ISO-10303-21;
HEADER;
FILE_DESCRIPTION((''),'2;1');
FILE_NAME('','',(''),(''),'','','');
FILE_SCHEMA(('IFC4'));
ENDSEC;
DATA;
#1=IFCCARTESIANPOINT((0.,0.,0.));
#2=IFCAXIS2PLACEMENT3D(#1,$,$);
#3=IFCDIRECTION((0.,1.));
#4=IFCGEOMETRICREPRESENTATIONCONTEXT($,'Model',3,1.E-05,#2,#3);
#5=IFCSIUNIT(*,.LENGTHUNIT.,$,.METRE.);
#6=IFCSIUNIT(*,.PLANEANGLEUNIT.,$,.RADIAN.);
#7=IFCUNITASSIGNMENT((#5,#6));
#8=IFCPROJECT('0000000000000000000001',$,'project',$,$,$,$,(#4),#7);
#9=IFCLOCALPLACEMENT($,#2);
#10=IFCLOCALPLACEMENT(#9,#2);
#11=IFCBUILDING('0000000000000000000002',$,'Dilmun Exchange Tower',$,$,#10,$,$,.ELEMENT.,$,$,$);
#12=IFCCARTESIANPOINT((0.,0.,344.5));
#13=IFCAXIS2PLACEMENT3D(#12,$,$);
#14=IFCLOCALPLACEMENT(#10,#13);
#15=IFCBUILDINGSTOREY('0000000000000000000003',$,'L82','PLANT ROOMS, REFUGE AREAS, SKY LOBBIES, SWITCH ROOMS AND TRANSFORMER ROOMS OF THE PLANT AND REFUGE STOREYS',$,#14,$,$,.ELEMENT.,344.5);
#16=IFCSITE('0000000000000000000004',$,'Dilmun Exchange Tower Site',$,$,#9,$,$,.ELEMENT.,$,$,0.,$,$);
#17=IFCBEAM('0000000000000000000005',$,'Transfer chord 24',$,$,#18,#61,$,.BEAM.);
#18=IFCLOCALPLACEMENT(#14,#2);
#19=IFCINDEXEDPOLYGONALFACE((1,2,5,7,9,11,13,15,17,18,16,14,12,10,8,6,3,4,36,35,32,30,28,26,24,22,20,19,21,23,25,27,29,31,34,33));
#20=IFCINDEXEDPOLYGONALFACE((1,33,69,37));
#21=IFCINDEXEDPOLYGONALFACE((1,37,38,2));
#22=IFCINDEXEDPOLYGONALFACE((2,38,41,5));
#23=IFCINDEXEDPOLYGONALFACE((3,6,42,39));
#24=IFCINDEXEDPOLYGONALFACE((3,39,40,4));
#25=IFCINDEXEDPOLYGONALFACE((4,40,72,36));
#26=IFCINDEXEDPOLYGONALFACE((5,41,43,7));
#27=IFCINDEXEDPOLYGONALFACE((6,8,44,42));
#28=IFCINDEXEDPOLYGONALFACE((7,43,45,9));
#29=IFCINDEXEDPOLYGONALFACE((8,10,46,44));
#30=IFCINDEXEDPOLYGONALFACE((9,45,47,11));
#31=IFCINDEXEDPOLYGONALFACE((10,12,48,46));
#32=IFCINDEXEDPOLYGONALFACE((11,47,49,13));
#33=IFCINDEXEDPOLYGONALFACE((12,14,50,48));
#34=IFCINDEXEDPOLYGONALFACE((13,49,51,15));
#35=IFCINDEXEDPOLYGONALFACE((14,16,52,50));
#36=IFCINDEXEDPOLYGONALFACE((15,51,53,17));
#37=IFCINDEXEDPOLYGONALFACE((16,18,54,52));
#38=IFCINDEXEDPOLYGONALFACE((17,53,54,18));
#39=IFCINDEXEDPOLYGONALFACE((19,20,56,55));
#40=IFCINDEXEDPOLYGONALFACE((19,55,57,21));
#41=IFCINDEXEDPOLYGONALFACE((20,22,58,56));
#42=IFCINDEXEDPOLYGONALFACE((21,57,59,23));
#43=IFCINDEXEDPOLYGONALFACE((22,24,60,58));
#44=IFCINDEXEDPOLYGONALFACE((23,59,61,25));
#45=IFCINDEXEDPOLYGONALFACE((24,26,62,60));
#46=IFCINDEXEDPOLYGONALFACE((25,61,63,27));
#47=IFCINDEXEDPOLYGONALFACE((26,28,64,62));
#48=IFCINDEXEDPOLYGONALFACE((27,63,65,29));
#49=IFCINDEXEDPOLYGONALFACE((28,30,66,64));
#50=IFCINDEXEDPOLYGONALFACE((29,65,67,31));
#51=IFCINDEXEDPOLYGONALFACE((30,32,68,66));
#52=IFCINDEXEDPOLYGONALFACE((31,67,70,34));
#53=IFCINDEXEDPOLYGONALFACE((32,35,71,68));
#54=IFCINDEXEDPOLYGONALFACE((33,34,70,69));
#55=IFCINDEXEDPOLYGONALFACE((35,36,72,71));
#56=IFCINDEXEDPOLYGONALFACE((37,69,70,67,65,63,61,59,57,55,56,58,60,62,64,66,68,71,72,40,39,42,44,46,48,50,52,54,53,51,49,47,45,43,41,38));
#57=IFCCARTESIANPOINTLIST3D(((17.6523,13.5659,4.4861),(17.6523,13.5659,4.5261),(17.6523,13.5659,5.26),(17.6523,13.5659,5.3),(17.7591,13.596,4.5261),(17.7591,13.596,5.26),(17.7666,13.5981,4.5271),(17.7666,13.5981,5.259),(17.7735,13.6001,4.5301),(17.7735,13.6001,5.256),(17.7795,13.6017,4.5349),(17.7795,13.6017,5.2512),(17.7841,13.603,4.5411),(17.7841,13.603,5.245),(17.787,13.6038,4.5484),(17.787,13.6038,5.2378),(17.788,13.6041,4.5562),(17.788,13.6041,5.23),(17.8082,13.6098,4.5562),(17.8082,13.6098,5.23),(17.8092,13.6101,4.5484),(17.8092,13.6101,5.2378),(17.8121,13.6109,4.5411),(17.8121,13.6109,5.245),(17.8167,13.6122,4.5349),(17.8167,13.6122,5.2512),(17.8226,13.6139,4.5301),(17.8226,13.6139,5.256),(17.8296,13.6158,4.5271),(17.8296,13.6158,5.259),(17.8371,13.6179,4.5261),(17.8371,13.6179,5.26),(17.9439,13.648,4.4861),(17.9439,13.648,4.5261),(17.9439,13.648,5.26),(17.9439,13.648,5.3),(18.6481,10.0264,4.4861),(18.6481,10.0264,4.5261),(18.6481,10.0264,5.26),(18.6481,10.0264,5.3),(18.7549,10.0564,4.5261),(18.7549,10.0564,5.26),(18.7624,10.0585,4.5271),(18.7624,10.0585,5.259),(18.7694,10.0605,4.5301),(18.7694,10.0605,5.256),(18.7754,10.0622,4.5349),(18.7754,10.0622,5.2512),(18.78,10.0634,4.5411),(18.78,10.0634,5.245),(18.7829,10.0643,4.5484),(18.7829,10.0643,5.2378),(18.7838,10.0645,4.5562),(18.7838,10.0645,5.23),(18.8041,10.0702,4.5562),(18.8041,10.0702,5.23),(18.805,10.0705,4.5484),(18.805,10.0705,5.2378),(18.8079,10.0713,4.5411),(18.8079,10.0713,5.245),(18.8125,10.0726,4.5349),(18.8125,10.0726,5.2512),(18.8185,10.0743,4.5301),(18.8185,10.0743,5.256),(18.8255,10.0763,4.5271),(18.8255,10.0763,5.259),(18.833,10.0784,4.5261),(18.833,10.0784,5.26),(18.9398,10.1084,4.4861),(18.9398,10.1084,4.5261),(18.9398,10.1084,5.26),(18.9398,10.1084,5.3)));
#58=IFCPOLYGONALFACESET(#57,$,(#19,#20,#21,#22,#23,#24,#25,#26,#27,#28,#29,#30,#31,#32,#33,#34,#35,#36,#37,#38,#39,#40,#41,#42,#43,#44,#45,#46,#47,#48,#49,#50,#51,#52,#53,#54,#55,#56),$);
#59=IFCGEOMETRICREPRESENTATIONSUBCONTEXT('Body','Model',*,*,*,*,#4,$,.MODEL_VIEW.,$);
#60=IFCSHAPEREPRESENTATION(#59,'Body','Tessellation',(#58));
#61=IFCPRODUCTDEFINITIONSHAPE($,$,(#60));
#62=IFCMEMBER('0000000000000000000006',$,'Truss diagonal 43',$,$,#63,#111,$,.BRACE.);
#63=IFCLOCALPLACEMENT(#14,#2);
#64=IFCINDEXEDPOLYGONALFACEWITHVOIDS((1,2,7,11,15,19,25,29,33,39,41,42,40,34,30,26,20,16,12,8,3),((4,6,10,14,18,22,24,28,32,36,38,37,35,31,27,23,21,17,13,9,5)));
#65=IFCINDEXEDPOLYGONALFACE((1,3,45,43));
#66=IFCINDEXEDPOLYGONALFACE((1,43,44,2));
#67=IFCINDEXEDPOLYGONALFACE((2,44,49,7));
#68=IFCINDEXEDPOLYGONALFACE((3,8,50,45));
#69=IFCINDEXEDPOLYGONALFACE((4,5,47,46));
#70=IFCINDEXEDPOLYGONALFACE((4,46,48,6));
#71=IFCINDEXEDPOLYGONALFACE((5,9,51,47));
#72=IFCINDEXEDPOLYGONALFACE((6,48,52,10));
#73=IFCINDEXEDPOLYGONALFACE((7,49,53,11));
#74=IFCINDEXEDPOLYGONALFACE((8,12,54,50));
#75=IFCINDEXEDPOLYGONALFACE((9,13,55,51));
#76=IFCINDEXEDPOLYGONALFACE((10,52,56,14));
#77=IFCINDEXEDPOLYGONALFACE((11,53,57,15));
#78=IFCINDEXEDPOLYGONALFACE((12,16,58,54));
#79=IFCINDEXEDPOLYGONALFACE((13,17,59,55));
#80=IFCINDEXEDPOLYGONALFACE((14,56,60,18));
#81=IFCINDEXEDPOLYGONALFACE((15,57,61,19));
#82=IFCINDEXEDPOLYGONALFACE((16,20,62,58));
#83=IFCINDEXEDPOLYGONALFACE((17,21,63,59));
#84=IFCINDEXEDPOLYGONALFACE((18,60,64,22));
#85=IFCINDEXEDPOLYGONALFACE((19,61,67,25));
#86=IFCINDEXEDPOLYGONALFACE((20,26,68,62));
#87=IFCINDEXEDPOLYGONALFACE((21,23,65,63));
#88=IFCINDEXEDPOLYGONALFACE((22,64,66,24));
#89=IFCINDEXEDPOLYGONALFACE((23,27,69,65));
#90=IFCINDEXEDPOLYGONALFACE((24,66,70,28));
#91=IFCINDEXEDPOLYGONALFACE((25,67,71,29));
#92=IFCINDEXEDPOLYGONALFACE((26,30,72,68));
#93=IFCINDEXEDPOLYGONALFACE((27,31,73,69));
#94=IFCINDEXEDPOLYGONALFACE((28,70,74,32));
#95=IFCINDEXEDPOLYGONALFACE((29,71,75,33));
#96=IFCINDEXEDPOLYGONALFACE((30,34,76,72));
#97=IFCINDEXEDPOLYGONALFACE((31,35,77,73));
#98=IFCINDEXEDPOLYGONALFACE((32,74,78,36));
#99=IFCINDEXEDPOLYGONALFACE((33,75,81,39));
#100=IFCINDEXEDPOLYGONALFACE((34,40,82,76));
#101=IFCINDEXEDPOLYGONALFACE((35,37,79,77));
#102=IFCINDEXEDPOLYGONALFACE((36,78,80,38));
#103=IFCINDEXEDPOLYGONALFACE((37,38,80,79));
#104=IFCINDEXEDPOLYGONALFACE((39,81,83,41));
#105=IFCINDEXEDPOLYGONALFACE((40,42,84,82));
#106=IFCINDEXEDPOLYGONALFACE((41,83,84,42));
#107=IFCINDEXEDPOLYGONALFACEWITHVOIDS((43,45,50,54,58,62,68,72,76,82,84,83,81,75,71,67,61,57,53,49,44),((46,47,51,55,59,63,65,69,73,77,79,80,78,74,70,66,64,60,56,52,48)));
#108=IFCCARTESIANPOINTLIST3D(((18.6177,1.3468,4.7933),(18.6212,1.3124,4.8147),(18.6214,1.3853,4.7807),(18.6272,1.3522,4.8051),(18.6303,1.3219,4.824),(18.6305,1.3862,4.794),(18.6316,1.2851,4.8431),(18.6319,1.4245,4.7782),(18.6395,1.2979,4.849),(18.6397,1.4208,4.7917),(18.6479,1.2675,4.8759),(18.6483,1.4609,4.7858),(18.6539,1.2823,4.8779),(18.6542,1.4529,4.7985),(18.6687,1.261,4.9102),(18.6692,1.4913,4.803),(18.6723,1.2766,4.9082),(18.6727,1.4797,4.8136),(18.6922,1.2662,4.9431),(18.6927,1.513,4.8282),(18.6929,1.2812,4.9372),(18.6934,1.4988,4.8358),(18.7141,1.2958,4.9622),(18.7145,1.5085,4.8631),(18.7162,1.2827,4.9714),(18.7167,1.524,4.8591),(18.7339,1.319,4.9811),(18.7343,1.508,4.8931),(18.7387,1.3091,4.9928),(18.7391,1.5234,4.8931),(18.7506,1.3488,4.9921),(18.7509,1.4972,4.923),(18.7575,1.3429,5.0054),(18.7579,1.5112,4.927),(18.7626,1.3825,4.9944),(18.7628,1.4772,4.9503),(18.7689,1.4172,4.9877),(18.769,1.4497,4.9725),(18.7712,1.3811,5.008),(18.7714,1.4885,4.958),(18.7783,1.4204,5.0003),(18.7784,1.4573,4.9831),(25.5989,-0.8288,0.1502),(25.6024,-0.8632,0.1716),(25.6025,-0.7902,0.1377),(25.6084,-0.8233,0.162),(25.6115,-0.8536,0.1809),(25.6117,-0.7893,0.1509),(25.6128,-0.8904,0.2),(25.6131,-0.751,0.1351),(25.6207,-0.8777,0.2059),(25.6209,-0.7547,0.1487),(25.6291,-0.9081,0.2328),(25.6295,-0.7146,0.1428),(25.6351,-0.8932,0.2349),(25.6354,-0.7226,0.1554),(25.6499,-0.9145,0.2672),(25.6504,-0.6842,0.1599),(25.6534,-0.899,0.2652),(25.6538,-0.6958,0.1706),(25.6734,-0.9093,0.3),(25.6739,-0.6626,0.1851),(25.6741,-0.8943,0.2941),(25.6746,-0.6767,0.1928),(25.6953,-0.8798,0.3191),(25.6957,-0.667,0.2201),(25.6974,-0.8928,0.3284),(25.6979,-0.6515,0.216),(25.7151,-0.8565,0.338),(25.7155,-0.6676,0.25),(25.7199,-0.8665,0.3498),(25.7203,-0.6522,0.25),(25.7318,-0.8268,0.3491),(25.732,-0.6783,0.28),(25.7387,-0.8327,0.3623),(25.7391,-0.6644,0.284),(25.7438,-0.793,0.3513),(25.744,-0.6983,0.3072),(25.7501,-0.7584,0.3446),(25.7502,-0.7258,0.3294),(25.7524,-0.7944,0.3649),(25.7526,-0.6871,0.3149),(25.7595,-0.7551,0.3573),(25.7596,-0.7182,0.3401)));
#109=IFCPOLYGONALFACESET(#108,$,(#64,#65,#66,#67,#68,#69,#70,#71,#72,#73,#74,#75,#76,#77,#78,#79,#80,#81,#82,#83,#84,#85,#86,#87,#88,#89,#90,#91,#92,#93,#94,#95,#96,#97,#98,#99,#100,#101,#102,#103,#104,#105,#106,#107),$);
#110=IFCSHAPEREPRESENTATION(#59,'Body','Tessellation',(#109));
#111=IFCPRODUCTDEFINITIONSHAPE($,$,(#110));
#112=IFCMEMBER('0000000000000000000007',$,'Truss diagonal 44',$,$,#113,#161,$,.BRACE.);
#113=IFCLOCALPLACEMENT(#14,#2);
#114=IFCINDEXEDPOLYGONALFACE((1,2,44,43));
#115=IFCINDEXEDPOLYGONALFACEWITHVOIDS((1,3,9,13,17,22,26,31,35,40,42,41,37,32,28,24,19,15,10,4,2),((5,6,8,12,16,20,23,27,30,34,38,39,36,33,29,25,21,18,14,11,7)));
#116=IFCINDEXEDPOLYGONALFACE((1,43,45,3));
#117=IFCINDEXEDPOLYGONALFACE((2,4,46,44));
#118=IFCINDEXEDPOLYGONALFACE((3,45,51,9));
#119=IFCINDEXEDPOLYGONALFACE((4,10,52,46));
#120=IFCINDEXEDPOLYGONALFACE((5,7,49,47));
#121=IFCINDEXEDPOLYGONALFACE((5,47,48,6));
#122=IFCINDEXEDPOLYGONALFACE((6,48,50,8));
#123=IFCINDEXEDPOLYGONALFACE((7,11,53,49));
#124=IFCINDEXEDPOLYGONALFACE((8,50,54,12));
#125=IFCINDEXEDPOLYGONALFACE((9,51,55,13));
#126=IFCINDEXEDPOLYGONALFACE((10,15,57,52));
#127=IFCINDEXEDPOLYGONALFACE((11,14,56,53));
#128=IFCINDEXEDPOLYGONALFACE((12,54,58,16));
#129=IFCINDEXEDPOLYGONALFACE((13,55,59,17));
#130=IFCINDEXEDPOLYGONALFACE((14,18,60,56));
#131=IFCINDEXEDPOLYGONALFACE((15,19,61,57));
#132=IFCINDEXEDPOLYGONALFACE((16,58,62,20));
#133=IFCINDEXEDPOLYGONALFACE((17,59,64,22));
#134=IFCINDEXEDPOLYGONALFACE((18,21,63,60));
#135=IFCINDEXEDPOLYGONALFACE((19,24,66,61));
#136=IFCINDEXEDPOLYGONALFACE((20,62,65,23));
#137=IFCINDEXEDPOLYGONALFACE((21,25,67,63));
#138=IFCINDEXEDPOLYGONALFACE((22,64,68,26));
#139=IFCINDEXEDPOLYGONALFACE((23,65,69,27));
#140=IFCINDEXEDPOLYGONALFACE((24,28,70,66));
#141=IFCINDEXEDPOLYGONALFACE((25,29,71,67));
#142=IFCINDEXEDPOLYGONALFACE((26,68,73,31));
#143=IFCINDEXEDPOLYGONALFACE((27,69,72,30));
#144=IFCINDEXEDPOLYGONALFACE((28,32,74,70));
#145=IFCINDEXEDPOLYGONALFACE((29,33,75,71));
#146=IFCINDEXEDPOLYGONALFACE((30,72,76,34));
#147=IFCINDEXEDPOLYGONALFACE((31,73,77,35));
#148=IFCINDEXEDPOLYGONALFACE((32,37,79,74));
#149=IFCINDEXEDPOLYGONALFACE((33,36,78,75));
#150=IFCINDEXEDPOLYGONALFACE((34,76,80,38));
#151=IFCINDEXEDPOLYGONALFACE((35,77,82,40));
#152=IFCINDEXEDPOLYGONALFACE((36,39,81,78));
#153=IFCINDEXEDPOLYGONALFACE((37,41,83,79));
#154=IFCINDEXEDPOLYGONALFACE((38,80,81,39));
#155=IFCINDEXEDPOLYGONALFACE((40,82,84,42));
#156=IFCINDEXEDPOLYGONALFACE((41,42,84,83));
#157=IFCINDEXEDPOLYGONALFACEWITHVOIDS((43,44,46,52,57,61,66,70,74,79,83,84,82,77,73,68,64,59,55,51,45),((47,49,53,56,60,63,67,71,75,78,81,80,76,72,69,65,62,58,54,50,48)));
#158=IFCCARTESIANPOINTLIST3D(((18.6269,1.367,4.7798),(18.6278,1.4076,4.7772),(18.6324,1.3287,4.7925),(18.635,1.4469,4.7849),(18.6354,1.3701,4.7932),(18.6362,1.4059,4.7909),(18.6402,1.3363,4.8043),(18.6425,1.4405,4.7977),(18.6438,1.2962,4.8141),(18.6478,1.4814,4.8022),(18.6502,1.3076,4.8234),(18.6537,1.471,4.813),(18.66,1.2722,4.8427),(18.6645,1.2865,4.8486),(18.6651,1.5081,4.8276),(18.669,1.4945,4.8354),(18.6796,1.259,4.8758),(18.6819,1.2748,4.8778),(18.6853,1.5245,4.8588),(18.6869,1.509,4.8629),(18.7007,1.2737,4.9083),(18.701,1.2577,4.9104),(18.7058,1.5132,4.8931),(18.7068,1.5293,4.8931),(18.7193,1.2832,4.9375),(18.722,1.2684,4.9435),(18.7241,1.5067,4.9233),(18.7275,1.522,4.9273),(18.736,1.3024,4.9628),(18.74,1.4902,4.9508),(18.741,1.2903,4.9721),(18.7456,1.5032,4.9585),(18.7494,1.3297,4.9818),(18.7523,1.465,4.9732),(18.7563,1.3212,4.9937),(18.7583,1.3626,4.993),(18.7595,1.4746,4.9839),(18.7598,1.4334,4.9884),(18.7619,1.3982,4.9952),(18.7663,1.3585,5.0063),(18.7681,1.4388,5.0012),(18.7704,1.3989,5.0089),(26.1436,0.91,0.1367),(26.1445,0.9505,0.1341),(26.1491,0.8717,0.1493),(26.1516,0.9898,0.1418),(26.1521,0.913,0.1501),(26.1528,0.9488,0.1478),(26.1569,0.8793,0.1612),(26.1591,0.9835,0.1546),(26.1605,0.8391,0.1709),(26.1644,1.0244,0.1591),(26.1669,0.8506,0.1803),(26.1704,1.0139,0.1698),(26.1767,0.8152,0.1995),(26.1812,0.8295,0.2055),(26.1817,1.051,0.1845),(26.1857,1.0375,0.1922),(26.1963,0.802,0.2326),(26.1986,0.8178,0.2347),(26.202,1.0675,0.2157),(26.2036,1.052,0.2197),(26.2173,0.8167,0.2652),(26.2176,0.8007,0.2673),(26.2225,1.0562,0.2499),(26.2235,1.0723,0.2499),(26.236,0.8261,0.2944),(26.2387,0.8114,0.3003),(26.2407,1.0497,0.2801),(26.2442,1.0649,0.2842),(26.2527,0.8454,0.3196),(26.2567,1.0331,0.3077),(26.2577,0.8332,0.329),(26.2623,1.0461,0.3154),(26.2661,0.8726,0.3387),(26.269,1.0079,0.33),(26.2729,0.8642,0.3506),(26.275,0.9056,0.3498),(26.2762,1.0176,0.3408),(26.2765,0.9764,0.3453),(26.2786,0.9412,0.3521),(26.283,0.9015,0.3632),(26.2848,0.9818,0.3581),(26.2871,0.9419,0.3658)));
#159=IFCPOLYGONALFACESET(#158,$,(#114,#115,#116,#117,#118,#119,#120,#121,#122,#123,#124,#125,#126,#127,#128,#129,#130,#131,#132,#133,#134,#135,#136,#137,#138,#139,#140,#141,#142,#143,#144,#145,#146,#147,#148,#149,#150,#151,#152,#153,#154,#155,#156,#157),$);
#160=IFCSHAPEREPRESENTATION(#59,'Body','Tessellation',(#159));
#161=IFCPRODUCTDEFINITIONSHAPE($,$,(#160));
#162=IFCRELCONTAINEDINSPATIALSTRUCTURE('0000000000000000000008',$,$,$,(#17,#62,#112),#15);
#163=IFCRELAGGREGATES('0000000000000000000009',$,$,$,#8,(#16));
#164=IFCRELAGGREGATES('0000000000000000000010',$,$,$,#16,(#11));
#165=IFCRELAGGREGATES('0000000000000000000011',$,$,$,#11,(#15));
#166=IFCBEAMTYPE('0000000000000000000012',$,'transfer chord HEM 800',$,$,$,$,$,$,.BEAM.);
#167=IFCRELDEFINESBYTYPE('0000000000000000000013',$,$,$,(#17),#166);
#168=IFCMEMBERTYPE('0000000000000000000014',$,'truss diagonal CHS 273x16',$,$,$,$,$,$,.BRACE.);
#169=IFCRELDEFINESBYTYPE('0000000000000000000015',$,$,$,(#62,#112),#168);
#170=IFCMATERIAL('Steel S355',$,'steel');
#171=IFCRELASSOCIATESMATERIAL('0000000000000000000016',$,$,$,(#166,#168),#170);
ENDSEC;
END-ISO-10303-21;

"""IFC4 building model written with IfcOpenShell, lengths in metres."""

from ifc_helpers import new_model, si_unit, direction, frame, origin, origin_2d, place, context, subcontext, project, spatial, hollow_circle, i_section, extrude, material, material_profile, profile_set, type_object, element, save


model = new_model("IFC4")

# Units and contexts
model_context = context("Model", 3, precision=1e-05, world=origin(), true_north=direction((0.0, 1.0)))
body_context = subcontext(model_context, "Body", "Model", "MODEL_VIEW")
ifc_project = project(units=[si_unit("LENGTHUNIT", "METRE"), si_unit("PLANEANGLEUNIT", "RADIAN")], contexts=[model_context])

# Site, building, storey
site_placement = place(None, origin())
site = spatial("IfcSite", under=ifc_project, at=site_placement, Name="Dilmun Exchange Tower Site", CompositionType="ELEMENT", RefElevation=0.0)
building_placement = place(site_placement, origin())
building = spatial("IfcBuilding", under=site, at=building_placement, Name="Dilmun Exchange Tower", CompositionType="ELEMENT")
storey_placement = place(building_placement, frame((0.0, 0.0, 344.5)))
storey = spatial("IfcBuildingStorey", under=building, at=storey_placement, Name="L82", Description="PLANT ROOMS, REFUGE AREAS, SKY LOBBIES, SWITCH ROOMS AND TRANSFORMER ROOMS OF THE PLANT AND REFUGE STOREYS", CompositionType="ELEMENT", Elevation=344.5)

# Beam
ifc_material_1 = material(Name="Steel S355", Category="steel")
ifc_material_profile_1 = material_profile(ifc_material_1, i_section(OverallWidth=0.303, OverallDepth=0.814, WebThickness=0.021, FlangeThickness=0.04, FilletRadius=0.03, at=origin_2d()), Name="HEM 800")
ifc_profile_set_1 = profile_set([ifc_material_profile_1], Name="Steel S355")
beam_type_1 = type_object("IfcBeamType", Name="transfer chord HEM 800", PredefinedType="BEAM", material=ifc_profile_set_1)
beam_1_placement = place(storey_placement, frame((18.7939, 10.0674, 4.8931), z_axis=(-0.270834, 0.962626, 0.0), x_axis=(-0.962626, -0.270834, 0.0)))
element("IfcBeam", 1, at=beam_1_placement, inside=storey, type_object=beam_type_1, Name="Transfer chord 24", PredefinedType="BEAM", context=body_context, shape_type="SweptSolid", body=[
    extrude(i_section(OverallWidth=0.303, OverallDepth=0.814, WebThickness=0.021, FlangeThickness=0.04, FilletRadius=0.03, at=origin_2d()), origin(), (0.0, 0.0, 1.0), 3.677),
])

# Members
ifc_material_profile_2 = material_profile(ifc_material_1, hollow_circle(Radius=0.1365, WallThickness=0.0161, at=origin_2d()), Name="CHS 273x16")
ifc_profile_set_2 = profile_set([ifc_material_profile_2], Name="Steel S355")
member_type = type_object("IfcMemberType", Name="truss diagonal CHS 273x16", PredefinedType="BRACE", material=ifc_profile_set_2)
member_1_placement = place(storey_placement, frame((18.6985, 1.3931, 4.8931), z_axis=(0.805968, -0.251162, -0.536034), x_axis=(0.297516, 0.954717, 0.0)))
element("IfcMember", 2, at=member_1_placement, inside=storey, type_object=member_type, Name="Truss diagonal 43", PredefinedType="BRACE", context=body_context, shape_type="SweptSolid", body=[
    extrude(hollow_circle(Radius=0.1365, WallThickness=0.0161, at=origin_2d()), origin(), (0.0, 0.0, 1.0), 8.6619),
])
member_2_placement = place(storey_placement, frame((18.6985, 1.3931, 4.8931), z_axis=(0.849639, -0.051661, -0.524829), x_axis=(0.060691, 0.998157, 0.0)))
element("IfcMember", 3, at=member_2_placement, inside=storey, type_object=member_type, Name="Truss diagonal 44", PredefinedType="BRACE", context=body_context, shape_type="SweptSolid", body=[
    extrude(hollow_circle(Radius=0.1365, WallThickness=0.0161, at=origin_2d()), origin(), (0.0, 0.0, 1.0), 8.8469),
])

save(model, "model.ifc")
